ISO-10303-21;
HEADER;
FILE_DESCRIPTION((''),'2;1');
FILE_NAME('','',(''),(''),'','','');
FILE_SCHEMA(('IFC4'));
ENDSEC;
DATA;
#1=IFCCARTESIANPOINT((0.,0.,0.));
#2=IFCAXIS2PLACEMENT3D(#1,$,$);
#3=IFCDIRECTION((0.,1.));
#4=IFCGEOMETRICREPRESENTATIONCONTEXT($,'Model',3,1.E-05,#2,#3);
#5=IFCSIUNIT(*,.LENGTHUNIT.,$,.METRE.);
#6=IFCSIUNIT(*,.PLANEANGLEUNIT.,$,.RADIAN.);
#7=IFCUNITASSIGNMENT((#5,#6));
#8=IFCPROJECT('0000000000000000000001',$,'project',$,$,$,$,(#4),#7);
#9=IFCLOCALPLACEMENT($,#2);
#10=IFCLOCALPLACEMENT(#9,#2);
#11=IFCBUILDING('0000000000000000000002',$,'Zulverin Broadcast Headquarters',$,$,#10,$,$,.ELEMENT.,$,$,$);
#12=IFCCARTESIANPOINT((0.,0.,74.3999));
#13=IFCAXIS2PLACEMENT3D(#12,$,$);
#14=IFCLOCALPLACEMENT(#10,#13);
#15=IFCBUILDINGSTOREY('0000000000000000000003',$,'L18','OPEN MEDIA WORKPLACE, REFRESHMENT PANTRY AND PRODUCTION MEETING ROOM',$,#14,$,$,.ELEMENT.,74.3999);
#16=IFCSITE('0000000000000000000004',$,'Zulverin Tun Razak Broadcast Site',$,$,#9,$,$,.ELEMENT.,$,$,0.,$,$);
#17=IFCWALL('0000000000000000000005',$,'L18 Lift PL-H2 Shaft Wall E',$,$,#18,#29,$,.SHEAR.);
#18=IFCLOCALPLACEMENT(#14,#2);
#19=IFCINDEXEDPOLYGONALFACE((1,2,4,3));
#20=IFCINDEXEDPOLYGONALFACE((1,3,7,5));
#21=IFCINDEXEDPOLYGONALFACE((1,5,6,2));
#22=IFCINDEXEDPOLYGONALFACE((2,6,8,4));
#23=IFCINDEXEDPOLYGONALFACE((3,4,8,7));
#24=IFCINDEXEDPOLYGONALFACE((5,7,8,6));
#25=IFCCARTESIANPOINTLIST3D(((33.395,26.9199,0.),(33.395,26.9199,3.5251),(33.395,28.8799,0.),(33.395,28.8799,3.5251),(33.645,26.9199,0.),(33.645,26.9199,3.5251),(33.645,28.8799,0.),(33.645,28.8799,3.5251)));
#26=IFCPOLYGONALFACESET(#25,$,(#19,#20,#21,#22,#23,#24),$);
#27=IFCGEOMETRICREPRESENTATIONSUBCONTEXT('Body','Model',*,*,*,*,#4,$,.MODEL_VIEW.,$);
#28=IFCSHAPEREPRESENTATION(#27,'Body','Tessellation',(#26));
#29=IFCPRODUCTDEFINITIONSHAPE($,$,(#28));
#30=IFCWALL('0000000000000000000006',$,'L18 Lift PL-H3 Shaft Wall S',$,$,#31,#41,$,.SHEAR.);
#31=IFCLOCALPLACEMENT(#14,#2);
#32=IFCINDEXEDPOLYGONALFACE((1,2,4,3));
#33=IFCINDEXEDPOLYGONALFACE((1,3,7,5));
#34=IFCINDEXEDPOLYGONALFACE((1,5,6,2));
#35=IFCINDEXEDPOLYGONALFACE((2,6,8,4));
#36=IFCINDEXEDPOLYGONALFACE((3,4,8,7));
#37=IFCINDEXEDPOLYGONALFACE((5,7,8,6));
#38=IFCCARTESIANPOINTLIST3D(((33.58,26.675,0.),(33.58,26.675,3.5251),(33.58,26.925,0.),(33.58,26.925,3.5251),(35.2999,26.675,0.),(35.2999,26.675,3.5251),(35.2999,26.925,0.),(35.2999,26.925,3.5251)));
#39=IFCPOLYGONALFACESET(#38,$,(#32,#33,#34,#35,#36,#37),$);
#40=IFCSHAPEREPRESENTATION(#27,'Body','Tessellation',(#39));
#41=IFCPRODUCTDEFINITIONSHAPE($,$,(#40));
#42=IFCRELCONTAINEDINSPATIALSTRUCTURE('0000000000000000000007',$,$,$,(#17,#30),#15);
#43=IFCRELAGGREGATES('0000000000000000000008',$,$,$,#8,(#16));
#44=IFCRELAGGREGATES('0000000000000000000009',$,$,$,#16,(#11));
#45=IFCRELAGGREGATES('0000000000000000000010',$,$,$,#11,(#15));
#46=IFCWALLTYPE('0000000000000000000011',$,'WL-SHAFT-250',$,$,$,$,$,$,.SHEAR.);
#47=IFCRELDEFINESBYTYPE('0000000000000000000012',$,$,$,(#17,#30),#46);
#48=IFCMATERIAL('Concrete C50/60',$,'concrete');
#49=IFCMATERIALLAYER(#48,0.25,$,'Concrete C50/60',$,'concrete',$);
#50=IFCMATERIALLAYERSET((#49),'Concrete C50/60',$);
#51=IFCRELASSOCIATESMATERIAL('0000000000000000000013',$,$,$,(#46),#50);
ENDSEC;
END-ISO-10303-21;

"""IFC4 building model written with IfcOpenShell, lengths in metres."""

from ifc_helpers import new_model, si_unit, direction, frame, frame_2d, origin, place, context, subcontext, project, spatial, rectangle, extrude, material, layer, layer_set, type_object, element, save


model = new_model("IFC4")

# Units and contexts
model_context = context("Model", 3, precision=1e-05, world=origin(), true_north=direction((0.0, 1.0)))
body_context = subcontext(model_context, "Body", "Model", "MODEL_VIEW")
ifc_project = project(units=[si_unit("LENGTHUNIT", "METRE"), si_unit("PLANEANGLEUNIT", "RADIAN")], contexts=[model_context])

# Site, building, storey
site_placement = place(None, origin())
site = spatial("IfcSite", under=ifc_project, at=site_placement, Name="Zulverin Tun Razak Broadcast Site", CompositionType="ELEMENT", RefElevation=0.0)
building_placement = place(site_placement, origin())
building = spatial("IfcBuilding", under=site, at=building_placement, Name="Zulverin Broadcast Headquarters", CompositionType="ELEMENT")
storey_placement = place(building_placement, frame((0.0, 0.0, 74.3999)))
storey = spatial("IfcBuildingStorey", under=building, at=storey_placement, Name="L18", Description="OPEN MEDIA WORKPLACE, REFRESHMENT PANTRY AND PRODUCTION MEETING ROOM", CompositionType="ELEMENT", Elevation=74.3999)

# Walls
ifc_material_1 = material(Name="Concrete C50/60", Category="concrete")
ifc_layer_1 = layer(ifc_material_1, 0.25, Name="Concrete C50/60", Category="concrete")
ifc_layer_set_1 = layer_set([ifc_layer_1], Name="Concrete C50/60")
wall_type_1 = type_object("IfcWallType", Name="WL-SHAFT-250", PredefinedType="SHEAR", material=ifc_layer_set_1)
wall_1_placement = place(storey_placement, frame((33.52, 26.9199, 0.0), z_axis=(0.0, 0.0, 1.0), x_axis=(0.0, 1.0, 0.0)))
element("IfcWall", 1, at=wall_1_placement, inside=storey, type_object=wall_type_1, Name="L18 Lift PL-H2 Shaft Wall E", PredefinedType="SHEAR", context=body_context, shape_type="SweptSolid", body=[
    extrude(rectangle(XDim=1.96, YDim=0.25, at=frame_2d((0.98, 0.0))), origin(), (0.0, 0.0, 1.0), 3.5251),
])
wall_2_placement = place(storey_placement, frame((33.5801, 26.8, 0.0), z_axis=(0.0, 0.0, 1.0), x_axis=(1.0, 0.0, 0.0)))
element("IfcWall", 2, at=wall_2_placement, inside=storey, type_object=wall_type_1, Name="L18 Lift PL-H3 Shaft Wall S", PredefinedType="SHEAR", context=body_context, shape_type="SweptSolid", body=[
    extrude(rectangle(XDim=1.72, YDim=0.25, at=frame_2d((0.8599, 0.0))), origin(), (0.0, 0.0, 1.0), 3.5251),
])

save(model, "model.ifc")
